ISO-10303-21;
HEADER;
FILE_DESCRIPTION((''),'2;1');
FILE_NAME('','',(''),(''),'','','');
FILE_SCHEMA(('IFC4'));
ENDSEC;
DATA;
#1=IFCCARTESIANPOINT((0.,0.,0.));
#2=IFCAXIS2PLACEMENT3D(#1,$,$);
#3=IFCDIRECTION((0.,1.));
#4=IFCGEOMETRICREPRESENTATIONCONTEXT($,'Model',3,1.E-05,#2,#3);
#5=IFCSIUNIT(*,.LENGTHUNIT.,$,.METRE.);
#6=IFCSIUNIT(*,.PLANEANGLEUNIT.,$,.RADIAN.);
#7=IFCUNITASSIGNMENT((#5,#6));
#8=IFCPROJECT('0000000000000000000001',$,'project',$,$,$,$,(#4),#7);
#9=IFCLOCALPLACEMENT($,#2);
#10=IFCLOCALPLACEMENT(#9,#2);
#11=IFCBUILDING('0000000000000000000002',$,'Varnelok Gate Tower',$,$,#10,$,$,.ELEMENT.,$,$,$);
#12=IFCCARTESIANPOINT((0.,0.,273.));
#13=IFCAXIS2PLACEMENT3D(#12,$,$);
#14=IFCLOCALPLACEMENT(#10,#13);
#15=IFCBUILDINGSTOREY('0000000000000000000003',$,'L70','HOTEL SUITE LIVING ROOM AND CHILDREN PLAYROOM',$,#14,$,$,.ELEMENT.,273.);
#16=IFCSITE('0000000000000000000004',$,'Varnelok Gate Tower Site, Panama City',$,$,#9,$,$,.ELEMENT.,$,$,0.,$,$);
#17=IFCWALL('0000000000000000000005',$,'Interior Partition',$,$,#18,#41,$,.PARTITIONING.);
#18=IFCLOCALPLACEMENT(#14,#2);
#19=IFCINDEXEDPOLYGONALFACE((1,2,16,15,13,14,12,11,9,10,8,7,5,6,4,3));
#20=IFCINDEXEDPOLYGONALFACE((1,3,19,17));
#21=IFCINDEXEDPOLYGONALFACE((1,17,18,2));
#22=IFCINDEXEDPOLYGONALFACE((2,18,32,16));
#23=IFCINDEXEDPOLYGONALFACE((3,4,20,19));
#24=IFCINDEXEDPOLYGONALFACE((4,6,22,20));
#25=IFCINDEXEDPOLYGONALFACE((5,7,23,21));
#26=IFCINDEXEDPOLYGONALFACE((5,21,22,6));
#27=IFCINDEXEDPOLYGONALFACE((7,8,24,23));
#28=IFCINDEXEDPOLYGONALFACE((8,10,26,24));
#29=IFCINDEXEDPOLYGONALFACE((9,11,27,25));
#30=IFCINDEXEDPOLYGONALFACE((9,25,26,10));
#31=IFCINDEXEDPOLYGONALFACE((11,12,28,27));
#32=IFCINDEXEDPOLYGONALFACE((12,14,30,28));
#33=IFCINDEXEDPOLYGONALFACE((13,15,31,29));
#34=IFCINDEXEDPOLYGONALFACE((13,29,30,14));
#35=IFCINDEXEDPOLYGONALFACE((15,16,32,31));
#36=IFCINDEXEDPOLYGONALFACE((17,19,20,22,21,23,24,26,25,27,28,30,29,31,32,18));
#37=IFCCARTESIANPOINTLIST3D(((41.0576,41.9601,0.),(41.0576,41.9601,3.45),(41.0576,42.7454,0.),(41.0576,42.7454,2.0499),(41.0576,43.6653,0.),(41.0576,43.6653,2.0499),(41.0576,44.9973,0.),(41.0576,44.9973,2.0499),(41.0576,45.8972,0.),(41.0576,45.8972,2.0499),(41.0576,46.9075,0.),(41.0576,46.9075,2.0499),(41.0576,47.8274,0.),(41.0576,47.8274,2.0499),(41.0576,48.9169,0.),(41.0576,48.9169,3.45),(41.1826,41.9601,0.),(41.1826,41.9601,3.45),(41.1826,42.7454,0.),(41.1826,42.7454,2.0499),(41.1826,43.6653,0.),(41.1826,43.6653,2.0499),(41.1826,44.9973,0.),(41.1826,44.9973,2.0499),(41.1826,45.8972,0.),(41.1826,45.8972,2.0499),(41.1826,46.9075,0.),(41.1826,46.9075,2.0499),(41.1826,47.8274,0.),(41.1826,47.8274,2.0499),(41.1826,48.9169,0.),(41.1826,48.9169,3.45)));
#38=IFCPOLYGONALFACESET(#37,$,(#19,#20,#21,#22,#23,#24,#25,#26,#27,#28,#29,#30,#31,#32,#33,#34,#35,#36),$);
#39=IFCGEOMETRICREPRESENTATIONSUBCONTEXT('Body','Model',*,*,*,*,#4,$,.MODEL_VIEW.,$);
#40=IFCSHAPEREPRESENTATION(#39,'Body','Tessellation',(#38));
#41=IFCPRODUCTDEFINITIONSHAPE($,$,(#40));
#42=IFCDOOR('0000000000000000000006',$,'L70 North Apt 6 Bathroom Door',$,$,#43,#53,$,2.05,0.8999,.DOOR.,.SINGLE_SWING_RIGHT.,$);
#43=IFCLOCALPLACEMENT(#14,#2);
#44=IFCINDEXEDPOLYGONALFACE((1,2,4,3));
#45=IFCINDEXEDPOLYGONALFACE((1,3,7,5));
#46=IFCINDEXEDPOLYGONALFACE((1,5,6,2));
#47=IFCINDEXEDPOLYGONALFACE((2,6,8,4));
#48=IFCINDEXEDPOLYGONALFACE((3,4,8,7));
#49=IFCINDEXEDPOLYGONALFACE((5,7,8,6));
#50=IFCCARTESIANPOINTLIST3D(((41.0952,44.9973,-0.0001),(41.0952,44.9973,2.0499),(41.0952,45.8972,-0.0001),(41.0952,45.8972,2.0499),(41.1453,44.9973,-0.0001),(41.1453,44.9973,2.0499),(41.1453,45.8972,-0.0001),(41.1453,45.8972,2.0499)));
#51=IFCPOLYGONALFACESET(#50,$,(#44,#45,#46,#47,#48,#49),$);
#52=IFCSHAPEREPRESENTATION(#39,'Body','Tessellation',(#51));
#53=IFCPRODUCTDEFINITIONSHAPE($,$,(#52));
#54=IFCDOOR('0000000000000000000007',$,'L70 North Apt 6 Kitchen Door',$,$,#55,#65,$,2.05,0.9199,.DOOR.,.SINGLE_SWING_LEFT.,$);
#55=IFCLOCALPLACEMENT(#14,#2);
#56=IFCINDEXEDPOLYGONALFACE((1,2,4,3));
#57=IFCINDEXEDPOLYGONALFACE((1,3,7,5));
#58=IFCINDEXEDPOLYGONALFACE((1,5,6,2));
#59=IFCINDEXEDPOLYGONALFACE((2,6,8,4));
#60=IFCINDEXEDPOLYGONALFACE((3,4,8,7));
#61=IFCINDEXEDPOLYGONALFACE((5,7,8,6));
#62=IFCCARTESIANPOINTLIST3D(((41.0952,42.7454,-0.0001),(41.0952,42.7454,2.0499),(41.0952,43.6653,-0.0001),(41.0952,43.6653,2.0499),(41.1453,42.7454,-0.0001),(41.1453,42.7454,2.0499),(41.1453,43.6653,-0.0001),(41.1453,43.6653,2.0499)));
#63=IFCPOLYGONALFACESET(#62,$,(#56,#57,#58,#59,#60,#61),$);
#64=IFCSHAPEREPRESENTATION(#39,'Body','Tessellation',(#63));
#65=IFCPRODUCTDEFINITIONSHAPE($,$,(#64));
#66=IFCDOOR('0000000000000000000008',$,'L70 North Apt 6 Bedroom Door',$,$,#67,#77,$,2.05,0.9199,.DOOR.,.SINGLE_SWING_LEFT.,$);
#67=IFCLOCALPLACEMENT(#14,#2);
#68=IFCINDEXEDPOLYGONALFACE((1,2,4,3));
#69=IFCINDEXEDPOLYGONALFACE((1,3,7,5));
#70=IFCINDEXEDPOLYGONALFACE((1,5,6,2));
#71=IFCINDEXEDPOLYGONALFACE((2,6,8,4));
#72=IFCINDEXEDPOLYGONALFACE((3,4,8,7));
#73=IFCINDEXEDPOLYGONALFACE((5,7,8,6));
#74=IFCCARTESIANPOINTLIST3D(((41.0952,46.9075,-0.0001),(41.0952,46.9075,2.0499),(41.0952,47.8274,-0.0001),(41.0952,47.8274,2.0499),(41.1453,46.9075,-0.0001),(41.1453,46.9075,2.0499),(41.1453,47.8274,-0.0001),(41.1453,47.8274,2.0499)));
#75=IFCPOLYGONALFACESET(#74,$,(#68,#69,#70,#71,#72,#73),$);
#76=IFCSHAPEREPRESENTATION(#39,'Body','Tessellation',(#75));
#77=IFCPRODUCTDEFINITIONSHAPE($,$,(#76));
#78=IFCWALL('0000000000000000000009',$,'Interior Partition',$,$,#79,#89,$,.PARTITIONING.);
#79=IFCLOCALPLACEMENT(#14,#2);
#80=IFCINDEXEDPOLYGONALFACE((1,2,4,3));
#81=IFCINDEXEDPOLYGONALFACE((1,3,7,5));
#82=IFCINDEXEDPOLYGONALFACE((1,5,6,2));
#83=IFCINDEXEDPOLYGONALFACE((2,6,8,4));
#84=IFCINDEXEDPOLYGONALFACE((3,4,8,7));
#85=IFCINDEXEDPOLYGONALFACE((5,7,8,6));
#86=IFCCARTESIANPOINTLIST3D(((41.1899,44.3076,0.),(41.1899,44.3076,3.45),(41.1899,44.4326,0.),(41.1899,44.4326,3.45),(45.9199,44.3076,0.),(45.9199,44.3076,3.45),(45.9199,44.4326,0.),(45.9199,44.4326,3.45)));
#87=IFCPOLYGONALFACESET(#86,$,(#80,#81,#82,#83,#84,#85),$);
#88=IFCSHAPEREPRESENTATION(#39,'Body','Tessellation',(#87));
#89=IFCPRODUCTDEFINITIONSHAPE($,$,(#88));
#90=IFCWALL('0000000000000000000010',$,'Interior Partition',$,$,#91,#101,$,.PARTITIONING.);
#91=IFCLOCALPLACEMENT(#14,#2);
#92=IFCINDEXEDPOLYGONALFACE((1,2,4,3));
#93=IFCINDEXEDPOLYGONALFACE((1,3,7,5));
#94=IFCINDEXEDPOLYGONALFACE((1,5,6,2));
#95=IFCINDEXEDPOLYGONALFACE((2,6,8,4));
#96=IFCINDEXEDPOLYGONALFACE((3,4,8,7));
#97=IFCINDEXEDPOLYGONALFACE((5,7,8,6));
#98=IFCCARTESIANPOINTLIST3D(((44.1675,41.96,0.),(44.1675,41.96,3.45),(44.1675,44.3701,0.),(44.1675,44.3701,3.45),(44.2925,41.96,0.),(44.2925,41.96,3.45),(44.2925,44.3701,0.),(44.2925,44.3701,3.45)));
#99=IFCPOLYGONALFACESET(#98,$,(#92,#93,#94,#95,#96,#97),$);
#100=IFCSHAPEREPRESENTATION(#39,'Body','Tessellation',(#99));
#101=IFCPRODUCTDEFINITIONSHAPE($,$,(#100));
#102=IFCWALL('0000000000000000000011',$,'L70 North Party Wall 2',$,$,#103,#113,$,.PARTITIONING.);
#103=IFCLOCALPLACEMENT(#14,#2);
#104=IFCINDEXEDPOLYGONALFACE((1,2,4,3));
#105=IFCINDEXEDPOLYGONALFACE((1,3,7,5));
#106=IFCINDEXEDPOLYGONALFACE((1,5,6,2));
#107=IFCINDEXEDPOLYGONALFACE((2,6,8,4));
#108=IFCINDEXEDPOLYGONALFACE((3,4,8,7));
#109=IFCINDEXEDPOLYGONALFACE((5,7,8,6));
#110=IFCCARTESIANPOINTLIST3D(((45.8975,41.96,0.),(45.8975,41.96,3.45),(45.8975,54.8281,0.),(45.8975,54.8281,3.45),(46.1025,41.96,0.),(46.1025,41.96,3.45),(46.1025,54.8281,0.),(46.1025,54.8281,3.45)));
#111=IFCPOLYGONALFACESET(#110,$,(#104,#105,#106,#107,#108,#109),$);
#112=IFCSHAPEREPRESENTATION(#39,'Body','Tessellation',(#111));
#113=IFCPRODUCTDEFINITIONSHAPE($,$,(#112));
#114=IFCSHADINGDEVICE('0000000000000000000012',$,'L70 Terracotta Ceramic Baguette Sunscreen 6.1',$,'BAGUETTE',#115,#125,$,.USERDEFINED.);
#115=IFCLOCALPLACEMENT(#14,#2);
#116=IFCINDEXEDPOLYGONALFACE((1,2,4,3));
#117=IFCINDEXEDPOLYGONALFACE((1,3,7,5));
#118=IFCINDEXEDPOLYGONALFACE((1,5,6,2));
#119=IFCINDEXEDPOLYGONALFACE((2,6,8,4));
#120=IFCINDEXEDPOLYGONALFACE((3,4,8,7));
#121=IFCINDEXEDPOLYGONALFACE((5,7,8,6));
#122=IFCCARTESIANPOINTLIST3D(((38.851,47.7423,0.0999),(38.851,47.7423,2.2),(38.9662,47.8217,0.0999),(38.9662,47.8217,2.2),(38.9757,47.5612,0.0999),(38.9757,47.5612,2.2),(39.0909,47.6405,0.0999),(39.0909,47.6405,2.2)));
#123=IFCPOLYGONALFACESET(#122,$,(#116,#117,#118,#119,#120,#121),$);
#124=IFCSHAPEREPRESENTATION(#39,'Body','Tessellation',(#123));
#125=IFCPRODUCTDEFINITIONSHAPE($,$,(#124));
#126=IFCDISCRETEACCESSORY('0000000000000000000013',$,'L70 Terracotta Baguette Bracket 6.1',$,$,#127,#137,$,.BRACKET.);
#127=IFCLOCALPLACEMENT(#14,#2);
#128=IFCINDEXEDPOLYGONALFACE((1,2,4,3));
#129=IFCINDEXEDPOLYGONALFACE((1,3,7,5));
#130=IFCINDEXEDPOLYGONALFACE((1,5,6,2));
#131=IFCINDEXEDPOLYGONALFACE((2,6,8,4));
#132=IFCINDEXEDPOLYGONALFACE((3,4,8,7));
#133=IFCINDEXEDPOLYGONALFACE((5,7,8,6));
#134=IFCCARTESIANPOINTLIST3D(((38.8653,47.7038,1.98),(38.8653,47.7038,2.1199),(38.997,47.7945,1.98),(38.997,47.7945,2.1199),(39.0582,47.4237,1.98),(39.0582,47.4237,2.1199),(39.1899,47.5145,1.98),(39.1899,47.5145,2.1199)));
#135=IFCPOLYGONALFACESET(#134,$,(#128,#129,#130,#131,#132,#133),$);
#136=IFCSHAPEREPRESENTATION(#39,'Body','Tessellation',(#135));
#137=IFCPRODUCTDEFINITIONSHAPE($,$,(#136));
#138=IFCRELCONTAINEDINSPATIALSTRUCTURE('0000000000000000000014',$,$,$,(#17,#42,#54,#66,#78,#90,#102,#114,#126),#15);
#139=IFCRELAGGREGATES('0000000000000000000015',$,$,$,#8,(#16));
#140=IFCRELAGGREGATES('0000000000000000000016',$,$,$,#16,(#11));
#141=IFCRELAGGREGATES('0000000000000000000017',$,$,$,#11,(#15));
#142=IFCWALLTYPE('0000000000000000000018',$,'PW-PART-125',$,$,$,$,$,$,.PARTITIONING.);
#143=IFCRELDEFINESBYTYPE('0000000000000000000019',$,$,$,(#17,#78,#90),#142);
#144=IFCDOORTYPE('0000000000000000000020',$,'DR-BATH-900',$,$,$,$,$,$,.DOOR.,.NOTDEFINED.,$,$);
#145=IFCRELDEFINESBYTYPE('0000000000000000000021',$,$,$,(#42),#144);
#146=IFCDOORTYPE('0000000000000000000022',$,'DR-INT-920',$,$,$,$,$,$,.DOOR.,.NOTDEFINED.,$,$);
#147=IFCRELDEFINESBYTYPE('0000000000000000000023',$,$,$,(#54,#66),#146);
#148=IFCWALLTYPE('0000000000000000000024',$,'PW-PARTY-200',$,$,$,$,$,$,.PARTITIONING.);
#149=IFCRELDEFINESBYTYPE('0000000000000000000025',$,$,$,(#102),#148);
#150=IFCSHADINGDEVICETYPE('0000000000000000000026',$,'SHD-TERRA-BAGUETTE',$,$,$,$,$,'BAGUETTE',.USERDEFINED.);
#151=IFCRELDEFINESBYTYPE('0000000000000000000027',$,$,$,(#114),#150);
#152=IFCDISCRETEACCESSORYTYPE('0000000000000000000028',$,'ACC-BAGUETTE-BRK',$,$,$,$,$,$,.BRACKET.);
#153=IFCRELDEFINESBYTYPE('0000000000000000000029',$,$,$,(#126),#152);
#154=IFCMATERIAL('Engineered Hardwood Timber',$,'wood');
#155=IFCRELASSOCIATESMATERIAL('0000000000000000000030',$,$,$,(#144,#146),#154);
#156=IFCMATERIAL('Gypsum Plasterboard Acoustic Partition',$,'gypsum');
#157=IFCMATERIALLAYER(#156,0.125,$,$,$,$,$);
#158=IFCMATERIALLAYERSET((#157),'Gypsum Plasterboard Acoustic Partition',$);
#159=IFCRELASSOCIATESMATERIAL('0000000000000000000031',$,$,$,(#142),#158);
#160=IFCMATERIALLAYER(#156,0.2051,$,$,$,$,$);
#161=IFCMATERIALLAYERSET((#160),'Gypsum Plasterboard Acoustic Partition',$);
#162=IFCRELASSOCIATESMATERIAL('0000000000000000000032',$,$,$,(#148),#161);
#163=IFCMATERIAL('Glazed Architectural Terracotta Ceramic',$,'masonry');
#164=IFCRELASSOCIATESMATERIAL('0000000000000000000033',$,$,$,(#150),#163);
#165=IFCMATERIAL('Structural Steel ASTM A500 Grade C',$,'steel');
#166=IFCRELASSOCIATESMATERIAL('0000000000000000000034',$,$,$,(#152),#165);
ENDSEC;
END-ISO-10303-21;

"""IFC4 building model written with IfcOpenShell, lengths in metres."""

from ifc_helpers import new_model, si_unit, direction, frame, frame_2d, origin, origin_2d, place, context, subcontext, project, spatial, rectangle, extrude, source, transform, mapped, material, layer, layer_set, type_object, element, fill, save


model = new_model("IFC4")

# Units and contexts
model_context = context("Model", 3, precision=1e-05, world=origin(), true_north=direction((0.0, 1.0)))
body_context = subcontext(model_context, "Body", "Model", "MODEL_VIEW")
ifc_project = project(units=[si_unit("LENGTHUNIT", "METRE"), si_unit("PLANEANGLEUNIT", "RADIAN")], contexts=[model_context])

# Site, building, storey
site_placement = place(None, origin())
site = spatial("IfcSite", under=ifc_project, at=site_placement, Name="Varnelok Gate Tower Site, Panama City", CompositionType="ELEMENT", RefElevation=0.0)
building_placement = place(site_placement, origin())
building = spatial("IfcBuilding", under=site, at=building_placement, Name="Varnelok Gate Tower", CompositionType="ELEMENT")
storey_placement = place(building_placement, frame((0.0, 0.0, 273.0)))
storey = spatial("IfcBuildingStorey", under=building, at=storey_placement, Name="L70", Description="HOTEL SUITE LIVING ROOM AND CHILDREN PLAYROOM", CompositionType="ELEMENT", Elevation=273.0)

# Shared definitions
ifc_material_1 = material(Name="Gypsum Plasterboard Acoustic Partition", Category="gypsum")
ifc_material_2 = material(Name="Engineered Hardwood Timber", Category="wood")

# Shared definitions
door_type_1 = type_object("IfcDoorType", Name="DR-BATH-900", OperationType="NOTDEFINED", PredefinedType="DOOR", material=ifc_material_2)

# Wall, openings, doors
ifc_layer_1 = layer(ifc_material_1, 0.125)
ifc_layer_set_1 = layer_set([ifc_layer_1], Name="Gypsum Plasterboard Acoustic Partition")
wall_type_1 = type_object("IfcWallType", Name="PW-PART-125", PredefinedType="PARTITIONING", material=ifc_layer_set_1)
wall_1_placement = place(storey_placement, frame((41.1201, 41.96, 0.0), z_axis=(0.0, 0.0, 1.0), x_axis=(0.0, 1.0, 0.0)))
wall_1 = element("IfcWall", 1, at=wall_1_placement, inside=storey, type_object=wall_type_1, Name="Interior Partition", PredefinedType="PARTITIONING", context=body_context, shape_type="SweptSolid", body=[
    extrude(rectangle(XDim=6.9568, YDim=0.125, at=frame_2d((3.4785, 0.0))), origin(), (0.0, 0.0, 1.0), 3.45),
])
opening_1_placement = place(wall_1_placement, frame((0.7854, 0.0, 0.0)))
opening_1 = element("IfcOpeningElement", 2, at=opening_1_placement, cuts=wall_1, PredefinedType="OPENING", context=body_context, shape_type="SweptSolid", body=[
    extrude(rectangle(XDim=0.9199, YDim=2.05, at=frame_2d((0.46, 1.0249))), frame((0.0, 0.0725, 0.0), z_axis=(0.0, -1.0, 0.0), x_axis=(1.0, 0.0, 0.0)), (0.0, 0.0, 1.0), 0.145),
])
opening_2_placement = place(wall_1_placement, frame((3.0374, 0.0, 0.0)))
opening_2 = element("IfcOpeningElement", 3, at=opening_2_placement, cuts=wall_1, PredefinedType="OPENING", context=body_context, shape_type="SweptSolid", body=[
    extrude(rectangle(XDim=0.8999, YDim=2.05, at=frame_2d((0.45, 1.0249))), frame((0.0, 0.0725, 0.0), z_axis=(0.0, -1.0, 0.0), x_axis=(1.0, 0.0, 0.0)), (0.0, 0.0, 1.0), 0.145),
])
opening_3_placement = place(wall_1_placement, frame((4.9475, 0.0, 0.0)))
opening_3 = element("IfcOpeningElement", 4, at=opening_3_placement, cuts=wall_1, PredefinedType="OPENING", context=body_context, shape_type="SweptSolid", body=[
    extrude(rectangle(XDim=0.9199, YDim=2.05, at=frame_2d((0.46, 1.0249))), frame((0.0, 0.0725, 0.0), z_axis=(0.0, -1.0, 0.0), x_axis=(1.0, 0.0, 0.0)), (0.0, 0.0, 1.0), 0.145),
])
door_1_placement = place(opening_2_placement, origin())
door_1 = element("IfcDoor", 5, at=door_1_placement, inside=storey, type_object=door_type_1, Name="L70 North Apt 6 Bathroom Door", OperationType="SINGLE_SWING_RIGHT", OverallHeight=2.05, OverallWidth=0.8999, PredefinedType="DOOR", context=body_context, shape_type="SweptSolid", body=[
    extrude(rectangle(XDim=0.8999, YDim=2.05, at=frame_2d((0.45, 1.0249))), frame((0.0, 0.0249, 0.0), z_axis=(0.0, -1.0, 0.0), x_axis=(1.0, 0.0, 0.0)), (0.0, 0.0, 1.0), 0.05),
])
fill(opening_2, door_1)
door_type_2 = type_object("IfcDoorType", Name="DR-INT-920", OperationType="NOTDEFINED", PredefinedType="DOOR", material=ifc_material_2)
door_2_placement = place(opening_1_placement, origin())
door_2 = element("IfcDoor", 6, at=door_2_placement, inside=storey, type_object=door_type_2, Name="L70 North Apt 6 Kitchen Door", OperationType="SINGLE_SWING_LEFT", OverallHeight=2.05, OverallWidth=0.9199, PredefinedType="DOOR", context=body_context, shape_type="SweptSolid", body=[
    extrude(rectangle(XDim=0.9199, YDim=2.05, at=frame_2d((0.46, 1.0249))), frame((0.0, 0.0249, 0.0), z_axis=(0.0, -1.0, 0.0), x_axis=(1.0, 0.0, 0.0)), (0.0, 0.0, 1.0), 0.05),
])
fill(opening_1, door_2)
door_3_placement = place(opening_3_placement, origin())
door_3 = element("IfcDoor", 7, at=door_3_placement, inside=storey, type_object=door_type_2, Name="L70 North Apt 6 Bedroom Door", OperationType="SINGLE_SWING_LEFT", OverallHeight=2.05, OverallWidth=0.9199, PredefinedType="DOOR", context=body_context, shape_type="SweptSolid", body=[
    extrude(rectangle(XDim=0.9199, YDim=2.05, at=frame_2d((0.46, 1.0249))), frame((0.0, 0.0249, 0.0), z_axis=(0.0, -1.0, 0.0), x_axis=(1.0, 0.0, 0.0)), (0.0, 0.0, 1.0), 0.05),
])
fill(opening_3, door_3)

# Walls
wall_2_placement = place(storey_placement, frame((41.1899, 44.3701, 0.0), z_axis=(0.0, 0.0, 1.0), x_axis=(1.0, 0.0, 0.0)))
element("IfcWall", 8, at=wall_2_placement, inside=storey, type_object=wall_type_1, Name="Interior Partition", PredefinedType="PARTITIONING", context=body_context, shape_type="SweptSolid", body=[
    extrude(rectangle(XDim=4.73, YDim=0.125, at=frame_2d((2.365, 0.0))), origin(), (0.0, 0.0, 1.0), 3.45),
])
wall_3_placement = place(storey_placement, frame((44.23, 41.96, 0.0), z_axis=(0.0, 0.0, 1.0), x_axis=(0.0, 1.0, 0.0)))
element("IfcWall", 9, at=wall_3_placement, inside=storey, type_object=wall_type_1, Name="Interior Partition", PredefinedType="PARTITIONING", context=body_context, shape_type="SweptSolid", body=[
    extrude(rectangle(XDim=2.4102, YDim=0.125, at=frame_2d((1.2051, 0.0))), origin(), (0.0, 0.0, 1.0), 3.45),
])
ifc_layer_2 = layer(ifc_material_1, 0.2051)
ifc_layer_set_2 = layer_set([ifc_layer_2], Name="Gypsum Plasterboard Acoustic Partition")
wall_type_2 = type_object("IfcWallType", Name="PW-PARTY-200", PredefinedType="PARTITIONING", material=ifc_layer_set_2)
wall_4_placement = place(storey_placement, frame((46.0, 41.96, 0.0), z_axis=(0.0, 0.0, 1.0), x_axis=(0.0, 1.0, 0.0)))
element("IfcWall", 10, at=wall_4_placement, inside=storey, type_object=wall_type_2, Name="L70 North Party Wall 2", PredefinedType="PARTITIONING", context=body_context, shape_type="SweptSolid", body=[
    extrude(rectangle(XDim=12.8682, YDim=0.2051, at=frame_2d((6.4341, 0.0))), origin(), (0.0, 0.0, 1.0), 3.45),
])

# Shading device
ifc_material_3 = material(Name="Glazed Architectural Terracotta Ceramic", Category="masonry")
shading_device_type = type_object("IfcShadingDeviceType", Name="SHD-TERRA-BAGUETTE", ElementType="BAGUETTE", PredefinedType="USERDEFINED", material=ifc_material_3)
shared_shape_1 = source(origin(), body_context, "Body", "SweptSolid", [
    extrude(rectangle(XDim=0.1399, YDim=0.22, at=origin_2d()), origin(), (0.0, 0.0, 1.0), 2.1001),
])
shading_device_placement = place(storey_placement, frame((38.9709, 47.6914, 0.0999), z_axis=(0.0, 0.0, 1.0), x_axis=(0.823533, 0.567269, 0.0)))
element("IfcShadingDevice", 11, at=shading_device_placement, inside=storey, type_object=shading_device_type, Name="L70 Terracotta Ceramic Baguette Sunscreen 6.1", ObjectType="BAGUETTE", PredefinedType="USERDEFINED", context=body_context, shape_type="MappedRepresentation", body=[
    mapped(shared_shape_1, transform((0.0, 0.0, 0.0), scale=1.0)),
])

# Discrete accessory
ifc_material_4 = material(Name="Structural Steel ASTM A500 Grade C", Category="steel")
discrete_accessory_type = type_object("IfcDiscreteAccessoryType", Name="ACC-BAGUETTE-BRK", PredefinedType="BRACKET", material=ifc_material_4)
shared_shape_2 = source(origin(), body_context, "Body", "SweptSolid", [
    extrude(rectangle(XDim=0.1599, YDim=0.3401, at=origin_2d()), origin(), (0.0, 0.0, 1.0), 0.1399),
])
discrete_accessory_placement = place(storey_placement, frame((39.0276, 47.6091, 1.98), z_axis=(0.0, 0.0, 1.0), x_axis=(0.823533, 0.567269, 0.0)))
element("IfcDiscreteAccessory", 12, at=discrete_accessory_placement, inside=storey, type_object=discrete_accessory_type, Name="L70 Terracotta Baguette Bracket 6.1", PredefinedType="BRACKET", context=body_context, shape_type="MappedRepresentation", body=[
    mapped(shared_shape_2, transform((0.0, 0.0, 0.0), scale=1.0)),
])

save(model, "model.ifc")
